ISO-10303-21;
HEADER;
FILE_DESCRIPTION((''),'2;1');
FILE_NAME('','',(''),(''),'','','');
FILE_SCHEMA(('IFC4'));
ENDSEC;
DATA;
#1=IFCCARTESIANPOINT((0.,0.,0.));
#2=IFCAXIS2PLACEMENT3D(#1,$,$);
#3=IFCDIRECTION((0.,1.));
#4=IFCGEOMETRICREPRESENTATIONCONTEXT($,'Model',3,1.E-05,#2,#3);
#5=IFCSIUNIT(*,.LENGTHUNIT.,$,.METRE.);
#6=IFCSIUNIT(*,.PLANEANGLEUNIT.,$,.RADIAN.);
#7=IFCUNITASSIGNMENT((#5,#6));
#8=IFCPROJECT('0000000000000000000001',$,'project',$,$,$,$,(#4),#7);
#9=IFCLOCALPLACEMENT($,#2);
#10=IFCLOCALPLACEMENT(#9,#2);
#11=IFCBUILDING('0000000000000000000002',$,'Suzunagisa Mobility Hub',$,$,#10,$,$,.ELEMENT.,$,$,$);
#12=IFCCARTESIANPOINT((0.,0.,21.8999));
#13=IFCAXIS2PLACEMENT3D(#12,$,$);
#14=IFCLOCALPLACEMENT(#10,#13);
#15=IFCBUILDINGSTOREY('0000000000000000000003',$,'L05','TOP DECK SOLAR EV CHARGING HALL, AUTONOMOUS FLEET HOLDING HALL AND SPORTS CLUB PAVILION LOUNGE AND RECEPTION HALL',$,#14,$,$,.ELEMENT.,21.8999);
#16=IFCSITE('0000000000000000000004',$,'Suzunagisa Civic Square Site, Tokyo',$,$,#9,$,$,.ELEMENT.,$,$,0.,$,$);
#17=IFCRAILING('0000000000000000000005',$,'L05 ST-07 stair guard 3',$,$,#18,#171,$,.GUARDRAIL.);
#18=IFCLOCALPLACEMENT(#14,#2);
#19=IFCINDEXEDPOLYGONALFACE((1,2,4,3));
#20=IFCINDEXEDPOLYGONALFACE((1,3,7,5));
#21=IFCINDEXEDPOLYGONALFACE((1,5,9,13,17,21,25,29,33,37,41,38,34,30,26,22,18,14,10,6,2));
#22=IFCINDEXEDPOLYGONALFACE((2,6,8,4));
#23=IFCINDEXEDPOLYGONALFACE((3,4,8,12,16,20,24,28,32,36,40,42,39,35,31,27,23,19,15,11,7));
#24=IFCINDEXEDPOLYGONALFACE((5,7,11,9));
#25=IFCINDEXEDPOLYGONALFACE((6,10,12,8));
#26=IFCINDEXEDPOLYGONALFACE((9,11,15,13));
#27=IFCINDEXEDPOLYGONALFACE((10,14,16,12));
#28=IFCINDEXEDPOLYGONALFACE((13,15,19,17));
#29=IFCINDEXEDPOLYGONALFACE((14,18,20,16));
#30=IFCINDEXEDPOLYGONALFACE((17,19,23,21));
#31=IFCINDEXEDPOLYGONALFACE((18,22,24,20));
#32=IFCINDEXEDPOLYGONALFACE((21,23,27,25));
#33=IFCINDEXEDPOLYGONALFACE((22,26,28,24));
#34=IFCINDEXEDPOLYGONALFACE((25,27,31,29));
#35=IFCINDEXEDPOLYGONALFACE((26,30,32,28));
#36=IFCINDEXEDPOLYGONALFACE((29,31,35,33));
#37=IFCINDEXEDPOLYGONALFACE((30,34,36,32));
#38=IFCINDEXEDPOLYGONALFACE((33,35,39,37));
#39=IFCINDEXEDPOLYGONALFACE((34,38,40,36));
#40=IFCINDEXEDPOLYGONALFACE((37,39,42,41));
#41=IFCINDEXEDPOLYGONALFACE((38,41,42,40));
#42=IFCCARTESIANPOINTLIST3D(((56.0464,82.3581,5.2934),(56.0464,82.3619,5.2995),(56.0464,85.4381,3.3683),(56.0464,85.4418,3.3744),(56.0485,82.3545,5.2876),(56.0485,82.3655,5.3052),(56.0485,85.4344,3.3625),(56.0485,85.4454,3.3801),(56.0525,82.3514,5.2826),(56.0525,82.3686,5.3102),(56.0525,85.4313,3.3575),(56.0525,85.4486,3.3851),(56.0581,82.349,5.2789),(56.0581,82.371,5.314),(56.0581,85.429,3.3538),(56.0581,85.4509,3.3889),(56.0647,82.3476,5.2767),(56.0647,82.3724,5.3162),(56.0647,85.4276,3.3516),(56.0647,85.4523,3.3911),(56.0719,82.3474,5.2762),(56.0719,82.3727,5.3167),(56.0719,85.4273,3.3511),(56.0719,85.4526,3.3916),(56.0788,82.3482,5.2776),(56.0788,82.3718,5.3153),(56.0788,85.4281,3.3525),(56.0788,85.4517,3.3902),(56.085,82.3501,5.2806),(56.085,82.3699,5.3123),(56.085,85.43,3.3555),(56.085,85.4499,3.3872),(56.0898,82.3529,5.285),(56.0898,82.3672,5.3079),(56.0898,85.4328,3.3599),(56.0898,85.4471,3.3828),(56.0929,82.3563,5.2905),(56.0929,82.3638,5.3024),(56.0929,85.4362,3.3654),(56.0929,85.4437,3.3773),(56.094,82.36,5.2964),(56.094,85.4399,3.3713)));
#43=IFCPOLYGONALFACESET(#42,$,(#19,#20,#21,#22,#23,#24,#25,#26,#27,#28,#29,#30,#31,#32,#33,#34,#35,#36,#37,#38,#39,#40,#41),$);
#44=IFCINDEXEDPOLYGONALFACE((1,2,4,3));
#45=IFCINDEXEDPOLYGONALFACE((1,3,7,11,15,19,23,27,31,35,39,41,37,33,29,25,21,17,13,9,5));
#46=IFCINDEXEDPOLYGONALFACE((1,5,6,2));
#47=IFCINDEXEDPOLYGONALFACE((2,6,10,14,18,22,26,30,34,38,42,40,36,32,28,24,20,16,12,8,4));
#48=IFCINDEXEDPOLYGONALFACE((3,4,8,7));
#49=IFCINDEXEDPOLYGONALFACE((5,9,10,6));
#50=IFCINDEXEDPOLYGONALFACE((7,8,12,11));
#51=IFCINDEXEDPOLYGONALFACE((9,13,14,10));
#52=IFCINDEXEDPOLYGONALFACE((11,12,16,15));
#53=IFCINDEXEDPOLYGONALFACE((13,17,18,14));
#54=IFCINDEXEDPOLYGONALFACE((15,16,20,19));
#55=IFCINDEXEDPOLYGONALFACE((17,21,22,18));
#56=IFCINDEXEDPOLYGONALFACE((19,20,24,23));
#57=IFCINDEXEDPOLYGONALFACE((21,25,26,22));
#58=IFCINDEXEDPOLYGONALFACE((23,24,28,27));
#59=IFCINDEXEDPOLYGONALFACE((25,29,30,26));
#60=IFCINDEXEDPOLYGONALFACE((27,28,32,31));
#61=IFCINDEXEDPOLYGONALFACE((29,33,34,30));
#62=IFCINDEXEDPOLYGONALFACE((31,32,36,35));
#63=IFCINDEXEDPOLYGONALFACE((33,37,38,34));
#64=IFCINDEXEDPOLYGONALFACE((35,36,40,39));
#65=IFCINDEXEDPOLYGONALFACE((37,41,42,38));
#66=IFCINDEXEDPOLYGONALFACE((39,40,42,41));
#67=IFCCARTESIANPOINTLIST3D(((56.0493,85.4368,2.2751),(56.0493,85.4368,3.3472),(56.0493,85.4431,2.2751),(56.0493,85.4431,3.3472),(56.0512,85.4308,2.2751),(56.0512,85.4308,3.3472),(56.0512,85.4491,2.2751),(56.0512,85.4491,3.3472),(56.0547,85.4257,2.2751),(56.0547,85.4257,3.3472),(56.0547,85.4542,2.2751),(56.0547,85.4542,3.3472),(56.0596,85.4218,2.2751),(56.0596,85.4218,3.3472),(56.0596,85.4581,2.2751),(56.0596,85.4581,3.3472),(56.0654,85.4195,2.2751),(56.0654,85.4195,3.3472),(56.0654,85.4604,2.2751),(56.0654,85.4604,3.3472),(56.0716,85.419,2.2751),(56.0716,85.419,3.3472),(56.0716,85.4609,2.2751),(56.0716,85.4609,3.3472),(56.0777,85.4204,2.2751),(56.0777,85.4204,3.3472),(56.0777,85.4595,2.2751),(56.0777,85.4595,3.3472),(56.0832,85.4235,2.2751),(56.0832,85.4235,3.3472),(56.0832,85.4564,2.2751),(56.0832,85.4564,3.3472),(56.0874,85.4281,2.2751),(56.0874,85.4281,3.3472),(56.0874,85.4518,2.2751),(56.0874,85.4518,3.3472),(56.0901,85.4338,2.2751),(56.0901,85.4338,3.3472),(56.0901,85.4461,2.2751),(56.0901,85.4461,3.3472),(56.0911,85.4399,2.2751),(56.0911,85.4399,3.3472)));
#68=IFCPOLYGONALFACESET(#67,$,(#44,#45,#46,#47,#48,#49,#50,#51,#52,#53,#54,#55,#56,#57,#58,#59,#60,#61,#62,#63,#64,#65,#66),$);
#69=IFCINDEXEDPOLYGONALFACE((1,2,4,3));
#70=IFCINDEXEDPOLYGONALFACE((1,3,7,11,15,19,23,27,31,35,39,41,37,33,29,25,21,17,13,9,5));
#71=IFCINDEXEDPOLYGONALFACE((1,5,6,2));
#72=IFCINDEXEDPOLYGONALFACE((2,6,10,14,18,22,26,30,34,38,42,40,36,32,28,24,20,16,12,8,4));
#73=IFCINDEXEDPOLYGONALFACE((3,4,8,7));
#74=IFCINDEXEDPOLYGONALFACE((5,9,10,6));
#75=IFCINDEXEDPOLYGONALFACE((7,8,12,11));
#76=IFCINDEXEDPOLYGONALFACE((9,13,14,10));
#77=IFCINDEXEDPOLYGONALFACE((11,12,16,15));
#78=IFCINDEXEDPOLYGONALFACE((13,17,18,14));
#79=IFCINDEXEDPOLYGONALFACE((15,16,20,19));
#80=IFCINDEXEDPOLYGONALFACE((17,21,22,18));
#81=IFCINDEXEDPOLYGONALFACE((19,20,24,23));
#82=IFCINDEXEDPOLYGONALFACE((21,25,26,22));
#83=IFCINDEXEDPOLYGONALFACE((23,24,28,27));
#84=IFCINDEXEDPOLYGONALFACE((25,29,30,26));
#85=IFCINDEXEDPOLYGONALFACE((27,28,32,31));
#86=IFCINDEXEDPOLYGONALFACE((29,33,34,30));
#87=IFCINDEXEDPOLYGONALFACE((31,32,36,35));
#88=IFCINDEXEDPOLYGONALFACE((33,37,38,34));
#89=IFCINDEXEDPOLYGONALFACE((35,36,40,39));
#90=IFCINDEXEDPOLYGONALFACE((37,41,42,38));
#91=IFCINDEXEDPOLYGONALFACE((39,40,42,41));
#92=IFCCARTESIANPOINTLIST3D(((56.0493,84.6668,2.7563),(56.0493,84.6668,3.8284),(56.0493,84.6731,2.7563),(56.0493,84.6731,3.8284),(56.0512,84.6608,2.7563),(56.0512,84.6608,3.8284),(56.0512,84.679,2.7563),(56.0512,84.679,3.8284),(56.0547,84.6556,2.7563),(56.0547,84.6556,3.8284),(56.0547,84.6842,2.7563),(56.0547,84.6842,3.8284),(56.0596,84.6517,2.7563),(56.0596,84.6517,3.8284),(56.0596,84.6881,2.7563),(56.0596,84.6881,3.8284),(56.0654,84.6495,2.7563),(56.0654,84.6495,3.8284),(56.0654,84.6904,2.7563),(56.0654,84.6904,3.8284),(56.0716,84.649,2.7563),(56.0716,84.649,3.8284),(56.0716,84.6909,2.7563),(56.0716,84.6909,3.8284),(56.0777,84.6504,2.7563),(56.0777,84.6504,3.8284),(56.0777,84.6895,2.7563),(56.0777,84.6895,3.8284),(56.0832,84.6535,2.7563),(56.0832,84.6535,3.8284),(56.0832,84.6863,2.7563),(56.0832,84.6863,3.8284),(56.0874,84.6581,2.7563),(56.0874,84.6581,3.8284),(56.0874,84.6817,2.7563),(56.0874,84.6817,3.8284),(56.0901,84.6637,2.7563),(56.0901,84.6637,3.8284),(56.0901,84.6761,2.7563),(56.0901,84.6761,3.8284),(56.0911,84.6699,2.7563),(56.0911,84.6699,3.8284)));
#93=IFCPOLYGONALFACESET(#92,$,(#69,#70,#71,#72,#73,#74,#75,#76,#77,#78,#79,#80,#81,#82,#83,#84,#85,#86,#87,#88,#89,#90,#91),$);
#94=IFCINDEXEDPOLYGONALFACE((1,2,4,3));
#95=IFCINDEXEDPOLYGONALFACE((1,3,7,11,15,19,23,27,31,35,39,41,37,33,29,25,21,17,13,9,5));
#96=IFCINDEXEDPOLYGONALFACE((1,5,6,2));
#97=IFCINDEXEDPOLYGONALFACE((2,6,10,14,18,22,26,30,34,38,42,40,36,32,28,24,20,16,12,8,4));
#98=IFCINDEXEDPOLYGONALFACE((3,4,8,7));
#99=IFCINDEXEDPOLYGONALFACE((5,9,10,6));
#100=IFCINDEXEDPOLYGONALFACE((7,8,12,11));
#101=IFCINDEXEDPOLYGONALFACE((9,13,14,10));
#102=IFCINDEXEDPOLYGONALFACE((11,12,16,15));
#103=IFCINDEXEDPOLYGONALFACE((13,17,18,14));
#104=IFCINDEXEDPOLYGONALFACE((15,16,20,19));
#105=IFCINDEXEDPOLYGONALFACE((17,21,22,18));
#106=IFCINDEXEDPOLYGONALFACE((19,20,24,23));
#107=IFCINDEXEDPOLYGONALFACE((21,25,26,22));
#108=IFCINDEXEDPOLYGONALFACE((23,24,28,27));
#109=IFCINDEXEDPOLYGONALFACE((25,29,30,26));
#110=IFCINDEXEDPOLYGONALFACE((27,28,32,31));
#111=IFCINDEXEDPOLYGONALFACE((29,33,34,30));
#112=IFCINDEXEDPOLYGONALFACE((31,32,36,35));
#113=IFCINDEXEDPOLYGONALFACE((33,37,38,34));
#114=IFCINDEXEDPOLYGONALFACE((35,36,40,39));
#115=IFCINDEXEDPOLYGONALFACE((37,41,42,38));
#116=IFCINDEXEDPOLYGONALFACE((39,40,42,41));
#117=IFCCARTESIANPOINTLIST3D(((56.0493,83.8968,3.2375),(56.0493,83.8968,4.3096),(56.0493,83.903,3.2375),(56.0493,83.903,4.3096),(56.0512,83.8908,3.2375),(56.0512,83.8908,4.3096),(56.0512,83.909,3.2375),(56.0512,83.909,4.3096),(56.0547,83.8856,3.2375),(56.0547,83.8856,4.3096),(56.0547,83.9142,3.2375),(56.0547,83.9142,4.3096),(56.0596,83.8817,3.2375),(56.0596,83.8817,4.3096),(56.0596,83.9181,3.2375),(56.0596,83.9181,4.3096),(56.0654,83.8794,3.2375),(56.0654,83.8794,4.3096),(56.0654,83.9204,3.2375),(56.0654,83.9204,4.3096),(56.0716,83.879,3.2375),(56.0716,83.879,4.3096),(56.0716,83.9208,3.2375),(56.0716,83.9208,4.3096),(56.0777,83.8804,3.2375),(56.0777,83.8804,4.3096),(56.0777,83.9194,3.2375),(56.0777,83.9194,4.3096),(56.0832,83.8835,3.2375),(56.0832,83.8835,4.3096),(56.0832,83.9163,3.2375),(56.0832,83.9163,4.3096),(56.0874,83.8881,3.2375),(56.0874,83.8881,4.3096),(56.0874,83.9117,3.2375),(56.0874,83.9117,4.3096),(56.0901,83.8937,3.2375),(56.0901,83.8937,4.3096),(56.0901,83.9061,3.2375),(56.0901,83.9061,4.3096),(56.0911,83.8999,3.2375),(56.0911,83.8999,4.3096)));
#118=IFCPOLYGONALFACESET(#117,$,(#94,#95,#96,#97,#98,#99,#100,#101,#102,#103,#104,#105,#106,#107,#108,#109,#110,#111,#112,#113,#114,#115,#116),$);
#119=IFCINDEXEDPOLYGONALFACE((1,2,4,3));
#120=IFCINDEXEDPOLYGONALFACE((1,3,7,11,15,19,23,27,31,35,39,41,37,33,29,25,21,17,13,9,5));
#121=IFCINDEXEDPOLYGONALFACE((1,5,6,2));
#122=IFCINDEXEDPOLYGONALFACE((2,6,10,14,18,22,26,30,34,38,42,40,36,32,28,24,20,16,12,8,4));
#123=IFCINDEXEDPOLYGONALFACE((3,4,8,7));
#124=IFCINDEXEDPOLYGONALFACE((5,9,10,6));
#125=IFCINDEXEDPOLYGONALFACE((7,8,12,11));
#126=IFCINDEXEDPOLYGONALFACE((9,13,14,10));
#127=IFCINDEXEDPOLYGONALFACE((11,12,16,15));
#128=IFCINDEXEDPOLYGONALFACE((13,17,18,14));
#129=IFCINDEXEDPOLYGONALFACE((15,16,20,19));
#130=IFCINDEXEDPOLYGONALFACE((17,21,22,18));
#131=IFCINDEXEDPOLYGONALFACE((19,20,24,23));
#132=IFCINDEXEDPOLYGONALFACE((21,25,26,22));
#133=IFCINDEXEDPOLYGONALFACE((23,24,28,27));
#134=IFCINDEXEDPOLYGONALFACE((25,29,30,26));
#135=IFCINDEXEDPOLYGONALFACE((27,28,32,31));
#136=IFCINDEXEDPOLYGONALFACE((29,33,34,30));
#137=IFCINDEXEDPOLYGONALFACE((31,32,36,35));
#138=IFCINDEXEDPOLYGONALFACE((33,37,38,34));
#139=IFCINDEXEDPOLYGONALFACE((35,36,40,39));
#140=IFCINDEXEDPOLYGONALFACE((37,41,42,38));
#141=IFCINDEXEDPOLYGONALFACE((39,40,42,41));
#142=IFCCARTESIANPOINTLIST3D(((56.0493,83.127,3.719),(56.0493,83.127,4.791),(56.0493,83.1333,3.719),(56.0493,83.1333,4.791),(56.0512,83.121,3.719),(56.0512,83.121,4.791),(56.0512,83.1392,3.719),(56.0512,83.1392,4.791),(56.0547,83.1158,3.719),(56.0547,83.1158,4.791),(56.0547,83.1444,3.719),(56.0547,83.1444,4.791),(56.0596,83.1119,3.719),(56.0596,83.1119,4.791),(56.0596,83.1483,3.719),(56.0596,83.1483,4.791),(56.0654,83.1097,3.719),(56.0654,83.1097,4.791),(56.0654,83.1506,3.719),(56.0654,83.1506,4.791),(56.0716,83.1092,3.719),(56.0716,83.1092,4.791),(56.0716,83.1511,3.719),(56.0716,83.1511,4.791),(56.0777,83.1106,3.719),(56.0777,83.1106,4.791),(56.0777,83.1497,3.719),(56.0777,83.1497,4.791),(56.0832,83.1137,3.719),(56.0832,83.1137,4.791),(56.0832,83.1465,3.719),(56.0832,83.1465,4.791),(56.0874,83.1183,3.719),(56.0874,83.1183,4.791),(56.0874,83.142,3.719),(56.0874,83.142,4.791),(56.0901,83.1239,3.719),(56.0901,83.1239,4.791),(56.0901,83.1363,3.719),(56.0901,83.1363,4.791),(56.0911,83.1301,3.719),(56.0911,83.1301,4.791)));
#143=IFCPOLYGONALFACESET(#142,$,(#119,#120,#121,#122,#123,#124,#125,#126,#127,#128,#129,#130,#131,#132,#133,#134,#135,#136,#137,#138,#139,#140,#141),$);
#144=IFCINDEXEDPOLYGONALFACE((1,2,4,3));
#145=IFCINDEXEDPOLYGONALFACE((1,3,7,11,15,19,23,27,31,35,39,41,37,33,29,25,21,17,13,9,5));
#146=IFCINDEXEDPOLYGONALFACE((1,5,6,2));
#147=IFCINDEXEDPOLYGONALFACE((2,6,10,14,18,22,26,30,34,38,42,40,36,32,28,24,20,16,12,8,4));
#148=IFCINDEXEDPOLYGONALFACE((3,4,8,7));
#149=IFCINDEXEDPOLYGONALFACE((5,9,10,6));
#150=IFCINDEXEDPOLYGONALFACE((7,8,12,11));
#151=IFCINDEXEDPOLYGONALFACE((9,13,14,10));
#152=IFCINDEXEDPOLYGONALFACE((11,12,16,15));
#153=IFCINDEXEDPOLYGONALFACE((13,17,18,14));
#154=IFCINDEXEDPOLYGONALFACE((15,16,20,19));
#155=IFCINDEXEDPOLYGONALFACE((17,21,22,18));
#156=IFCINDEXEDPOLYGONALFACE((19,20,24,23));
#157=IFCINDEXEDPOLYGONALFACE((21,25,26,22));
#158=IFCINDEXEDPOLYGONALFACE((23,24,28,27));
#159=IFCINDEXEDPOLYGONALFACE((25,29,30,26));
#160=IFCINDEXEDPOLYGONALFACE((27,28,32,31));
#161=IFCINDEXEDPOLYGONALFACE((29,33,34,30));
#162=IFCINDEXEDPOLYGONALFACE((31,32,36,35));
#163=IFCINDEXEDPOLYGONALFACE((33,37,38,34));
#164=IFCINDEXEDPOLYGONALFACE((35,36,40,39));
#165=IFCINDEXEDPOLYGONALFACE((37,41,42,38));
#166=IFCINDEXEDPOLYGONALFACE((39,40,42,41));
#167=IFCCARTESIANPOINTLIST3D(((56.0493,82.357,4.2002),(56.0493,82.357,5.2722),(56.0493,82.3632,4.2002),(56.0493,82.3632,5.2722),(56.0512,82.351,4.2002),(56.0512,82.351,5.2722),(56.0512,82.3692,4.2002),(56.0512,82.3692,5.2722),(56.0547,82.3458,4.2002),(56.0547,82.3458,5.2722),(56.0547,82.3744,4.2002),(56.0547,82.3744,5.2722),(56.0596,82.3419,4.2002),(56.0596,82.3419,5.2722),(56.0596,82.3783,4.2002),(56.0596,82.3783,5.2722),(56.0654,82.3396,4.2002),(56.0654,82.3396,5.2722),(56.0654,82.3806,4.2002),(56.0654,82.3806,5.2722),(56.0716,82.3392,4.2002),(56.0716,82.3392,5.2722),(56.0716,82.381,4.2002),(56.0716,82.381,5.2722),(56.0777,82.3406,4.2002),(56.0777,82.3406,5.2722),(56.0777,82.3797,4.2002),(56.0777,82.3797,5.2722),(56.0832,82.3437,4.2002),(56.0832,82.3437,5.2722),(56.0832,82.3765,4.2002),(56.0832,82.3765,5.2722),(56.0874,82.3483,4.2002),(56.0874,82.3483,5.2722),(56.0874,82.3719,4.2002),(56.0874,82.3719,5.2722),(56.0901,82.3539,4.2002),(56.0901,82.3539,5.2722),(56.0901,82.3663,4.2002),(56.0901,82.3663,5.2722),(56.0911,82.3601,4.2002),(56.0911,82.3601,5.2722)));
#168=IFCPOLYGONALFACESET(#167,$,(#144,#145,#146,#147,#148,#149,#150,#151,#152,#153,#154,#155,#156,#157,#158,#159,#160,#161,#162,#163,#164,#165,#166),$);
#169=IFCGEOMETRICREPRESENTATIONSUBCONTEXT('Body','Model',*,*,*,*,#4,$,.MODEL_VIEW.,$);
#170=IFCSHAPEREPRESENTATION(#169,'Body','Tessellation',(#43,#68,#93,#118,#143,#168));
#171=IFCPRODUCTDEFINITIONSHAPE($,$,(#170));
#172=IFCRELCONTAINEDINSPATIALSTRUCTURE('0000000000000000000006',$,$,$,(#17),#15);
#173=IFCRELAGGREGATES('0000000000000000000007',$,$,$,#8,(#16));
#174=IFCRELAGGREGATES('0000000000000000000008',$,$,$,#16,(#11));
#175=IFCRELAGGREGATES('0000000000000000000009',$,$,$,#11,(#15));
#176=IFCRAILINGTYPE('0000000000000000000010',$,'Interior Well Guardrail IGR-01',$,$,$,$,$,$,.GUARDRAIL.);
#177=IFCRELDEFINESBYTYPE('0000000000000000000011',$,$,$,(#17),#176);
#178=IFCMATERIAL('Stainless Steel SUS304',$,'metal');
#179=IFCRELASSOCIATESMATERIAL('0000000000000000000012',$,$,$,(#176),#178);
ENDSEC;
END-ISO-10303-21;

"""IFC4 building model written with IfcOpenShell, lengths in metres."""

from ifc_helpers import new_model, si_unit, direction, frame, origin, origin_2d, place, context, subcontext, project, spatial, circle, extrude, material, type_object, element, save


model = new_model("IFC4")

# Units and contexts
model_context = context("Model", 3, precision=1e-05, world=origin(), true_north=direction((0.0, 1.0)))
body_context = subcontext(model_context, "Body", "Model", "MODEL_VIEW")
ifc_project = project(units=[si_unit("LENGTHUNIT", "METRE"), si_unit("PLANEANGLEUNIT", "RADIAN")], contexts=[model_context])

# Site, building, storey
site_placement = place(None, origin())
site = spatial("IfcSite", under=ifc_project, at=site_placement, Name="Suzunagisa Civic Square Site, Tokyo", CompositionType="ELEMENT", RefElevation=0.0)
building_placement = place(site_placement, origin())
building = spatial("IfcBuilding", under=site, at=building_placement, Name="Suzunagisa Mobility Hub", CompositionType="ELEMENT")
storey_placement = place(building_placement, frame((0.0, 0.0, 21.8999)))
storey = spatial("IfcBuildingStorey", under=building, at=storey_placement, Name="L05", Description="TOP DECK SOLAR EV CHARGING HALL, AUTONOMOUS FLEET HOLDING HALL AND SPORTS CLUB PAVILION LOUNGE AND RECEPTION HALL", CompositionType="ELEMENT", Elevation=21.8999)

# Railing
ifc_material_1 = material(Name="Stainless Steel SUS304", Category="metal")
railing_type_1 = type_object("IfcRailingType", Name="Interior Well Guardrail IGR-01", PredefinedType="GUARDRAIL", material=ifc_material_1)
railing_1_placement = place(storey_placement, frame((56.0701, 85.4399, 2.2751)))
element("IfcRailing", 1, at=railing_1_placement, inside=storey, type_object=railing_type_1, Name="L05 ST-07 stair guard 3", PredefinedType="GUARDRAIL", context=body_context, shape_type="SweptSolid", body=[
    extrude(circle(Radius=0.0239, at=origin_2d()), frame((0.0, 0.0, 1.0962), z_axis=(0.0, -0.847979, 0.530029), x_axis=(1.0, 0.0, 0.0)), (0.0, 0.0, 1.0), 3.6321),
    extrude(circle(Radius=0.021, at=origin_2d()), origin(), (0.0, 0.0, 1.0), 1.072),
    extrude(circle(Radius=0.021, at=origin_2d()), frame((0.0, -0.77, 0.4812)), (0.0, 0.0, 1.0), 1.072),
    extrude(circle(Radius=0.021, at=origin_2d()), frame((0.0, -1.54, 0.9624)), (0.0, 0.0, 1.0), 1.072),
    extrude(circle(Radius=0.021, at=origin_2d()), frame((0.0, -2.3098, 1.4438)), (0.0, 0.0, 1.0), 1.072),
    extrude(circle(Radius=0.021, at=origin_2d()), frame((0.0, -3.0798, 1.925)), (0.0, 0.0, 1.0), 1.072),
])

save(model, "model.ifc")
